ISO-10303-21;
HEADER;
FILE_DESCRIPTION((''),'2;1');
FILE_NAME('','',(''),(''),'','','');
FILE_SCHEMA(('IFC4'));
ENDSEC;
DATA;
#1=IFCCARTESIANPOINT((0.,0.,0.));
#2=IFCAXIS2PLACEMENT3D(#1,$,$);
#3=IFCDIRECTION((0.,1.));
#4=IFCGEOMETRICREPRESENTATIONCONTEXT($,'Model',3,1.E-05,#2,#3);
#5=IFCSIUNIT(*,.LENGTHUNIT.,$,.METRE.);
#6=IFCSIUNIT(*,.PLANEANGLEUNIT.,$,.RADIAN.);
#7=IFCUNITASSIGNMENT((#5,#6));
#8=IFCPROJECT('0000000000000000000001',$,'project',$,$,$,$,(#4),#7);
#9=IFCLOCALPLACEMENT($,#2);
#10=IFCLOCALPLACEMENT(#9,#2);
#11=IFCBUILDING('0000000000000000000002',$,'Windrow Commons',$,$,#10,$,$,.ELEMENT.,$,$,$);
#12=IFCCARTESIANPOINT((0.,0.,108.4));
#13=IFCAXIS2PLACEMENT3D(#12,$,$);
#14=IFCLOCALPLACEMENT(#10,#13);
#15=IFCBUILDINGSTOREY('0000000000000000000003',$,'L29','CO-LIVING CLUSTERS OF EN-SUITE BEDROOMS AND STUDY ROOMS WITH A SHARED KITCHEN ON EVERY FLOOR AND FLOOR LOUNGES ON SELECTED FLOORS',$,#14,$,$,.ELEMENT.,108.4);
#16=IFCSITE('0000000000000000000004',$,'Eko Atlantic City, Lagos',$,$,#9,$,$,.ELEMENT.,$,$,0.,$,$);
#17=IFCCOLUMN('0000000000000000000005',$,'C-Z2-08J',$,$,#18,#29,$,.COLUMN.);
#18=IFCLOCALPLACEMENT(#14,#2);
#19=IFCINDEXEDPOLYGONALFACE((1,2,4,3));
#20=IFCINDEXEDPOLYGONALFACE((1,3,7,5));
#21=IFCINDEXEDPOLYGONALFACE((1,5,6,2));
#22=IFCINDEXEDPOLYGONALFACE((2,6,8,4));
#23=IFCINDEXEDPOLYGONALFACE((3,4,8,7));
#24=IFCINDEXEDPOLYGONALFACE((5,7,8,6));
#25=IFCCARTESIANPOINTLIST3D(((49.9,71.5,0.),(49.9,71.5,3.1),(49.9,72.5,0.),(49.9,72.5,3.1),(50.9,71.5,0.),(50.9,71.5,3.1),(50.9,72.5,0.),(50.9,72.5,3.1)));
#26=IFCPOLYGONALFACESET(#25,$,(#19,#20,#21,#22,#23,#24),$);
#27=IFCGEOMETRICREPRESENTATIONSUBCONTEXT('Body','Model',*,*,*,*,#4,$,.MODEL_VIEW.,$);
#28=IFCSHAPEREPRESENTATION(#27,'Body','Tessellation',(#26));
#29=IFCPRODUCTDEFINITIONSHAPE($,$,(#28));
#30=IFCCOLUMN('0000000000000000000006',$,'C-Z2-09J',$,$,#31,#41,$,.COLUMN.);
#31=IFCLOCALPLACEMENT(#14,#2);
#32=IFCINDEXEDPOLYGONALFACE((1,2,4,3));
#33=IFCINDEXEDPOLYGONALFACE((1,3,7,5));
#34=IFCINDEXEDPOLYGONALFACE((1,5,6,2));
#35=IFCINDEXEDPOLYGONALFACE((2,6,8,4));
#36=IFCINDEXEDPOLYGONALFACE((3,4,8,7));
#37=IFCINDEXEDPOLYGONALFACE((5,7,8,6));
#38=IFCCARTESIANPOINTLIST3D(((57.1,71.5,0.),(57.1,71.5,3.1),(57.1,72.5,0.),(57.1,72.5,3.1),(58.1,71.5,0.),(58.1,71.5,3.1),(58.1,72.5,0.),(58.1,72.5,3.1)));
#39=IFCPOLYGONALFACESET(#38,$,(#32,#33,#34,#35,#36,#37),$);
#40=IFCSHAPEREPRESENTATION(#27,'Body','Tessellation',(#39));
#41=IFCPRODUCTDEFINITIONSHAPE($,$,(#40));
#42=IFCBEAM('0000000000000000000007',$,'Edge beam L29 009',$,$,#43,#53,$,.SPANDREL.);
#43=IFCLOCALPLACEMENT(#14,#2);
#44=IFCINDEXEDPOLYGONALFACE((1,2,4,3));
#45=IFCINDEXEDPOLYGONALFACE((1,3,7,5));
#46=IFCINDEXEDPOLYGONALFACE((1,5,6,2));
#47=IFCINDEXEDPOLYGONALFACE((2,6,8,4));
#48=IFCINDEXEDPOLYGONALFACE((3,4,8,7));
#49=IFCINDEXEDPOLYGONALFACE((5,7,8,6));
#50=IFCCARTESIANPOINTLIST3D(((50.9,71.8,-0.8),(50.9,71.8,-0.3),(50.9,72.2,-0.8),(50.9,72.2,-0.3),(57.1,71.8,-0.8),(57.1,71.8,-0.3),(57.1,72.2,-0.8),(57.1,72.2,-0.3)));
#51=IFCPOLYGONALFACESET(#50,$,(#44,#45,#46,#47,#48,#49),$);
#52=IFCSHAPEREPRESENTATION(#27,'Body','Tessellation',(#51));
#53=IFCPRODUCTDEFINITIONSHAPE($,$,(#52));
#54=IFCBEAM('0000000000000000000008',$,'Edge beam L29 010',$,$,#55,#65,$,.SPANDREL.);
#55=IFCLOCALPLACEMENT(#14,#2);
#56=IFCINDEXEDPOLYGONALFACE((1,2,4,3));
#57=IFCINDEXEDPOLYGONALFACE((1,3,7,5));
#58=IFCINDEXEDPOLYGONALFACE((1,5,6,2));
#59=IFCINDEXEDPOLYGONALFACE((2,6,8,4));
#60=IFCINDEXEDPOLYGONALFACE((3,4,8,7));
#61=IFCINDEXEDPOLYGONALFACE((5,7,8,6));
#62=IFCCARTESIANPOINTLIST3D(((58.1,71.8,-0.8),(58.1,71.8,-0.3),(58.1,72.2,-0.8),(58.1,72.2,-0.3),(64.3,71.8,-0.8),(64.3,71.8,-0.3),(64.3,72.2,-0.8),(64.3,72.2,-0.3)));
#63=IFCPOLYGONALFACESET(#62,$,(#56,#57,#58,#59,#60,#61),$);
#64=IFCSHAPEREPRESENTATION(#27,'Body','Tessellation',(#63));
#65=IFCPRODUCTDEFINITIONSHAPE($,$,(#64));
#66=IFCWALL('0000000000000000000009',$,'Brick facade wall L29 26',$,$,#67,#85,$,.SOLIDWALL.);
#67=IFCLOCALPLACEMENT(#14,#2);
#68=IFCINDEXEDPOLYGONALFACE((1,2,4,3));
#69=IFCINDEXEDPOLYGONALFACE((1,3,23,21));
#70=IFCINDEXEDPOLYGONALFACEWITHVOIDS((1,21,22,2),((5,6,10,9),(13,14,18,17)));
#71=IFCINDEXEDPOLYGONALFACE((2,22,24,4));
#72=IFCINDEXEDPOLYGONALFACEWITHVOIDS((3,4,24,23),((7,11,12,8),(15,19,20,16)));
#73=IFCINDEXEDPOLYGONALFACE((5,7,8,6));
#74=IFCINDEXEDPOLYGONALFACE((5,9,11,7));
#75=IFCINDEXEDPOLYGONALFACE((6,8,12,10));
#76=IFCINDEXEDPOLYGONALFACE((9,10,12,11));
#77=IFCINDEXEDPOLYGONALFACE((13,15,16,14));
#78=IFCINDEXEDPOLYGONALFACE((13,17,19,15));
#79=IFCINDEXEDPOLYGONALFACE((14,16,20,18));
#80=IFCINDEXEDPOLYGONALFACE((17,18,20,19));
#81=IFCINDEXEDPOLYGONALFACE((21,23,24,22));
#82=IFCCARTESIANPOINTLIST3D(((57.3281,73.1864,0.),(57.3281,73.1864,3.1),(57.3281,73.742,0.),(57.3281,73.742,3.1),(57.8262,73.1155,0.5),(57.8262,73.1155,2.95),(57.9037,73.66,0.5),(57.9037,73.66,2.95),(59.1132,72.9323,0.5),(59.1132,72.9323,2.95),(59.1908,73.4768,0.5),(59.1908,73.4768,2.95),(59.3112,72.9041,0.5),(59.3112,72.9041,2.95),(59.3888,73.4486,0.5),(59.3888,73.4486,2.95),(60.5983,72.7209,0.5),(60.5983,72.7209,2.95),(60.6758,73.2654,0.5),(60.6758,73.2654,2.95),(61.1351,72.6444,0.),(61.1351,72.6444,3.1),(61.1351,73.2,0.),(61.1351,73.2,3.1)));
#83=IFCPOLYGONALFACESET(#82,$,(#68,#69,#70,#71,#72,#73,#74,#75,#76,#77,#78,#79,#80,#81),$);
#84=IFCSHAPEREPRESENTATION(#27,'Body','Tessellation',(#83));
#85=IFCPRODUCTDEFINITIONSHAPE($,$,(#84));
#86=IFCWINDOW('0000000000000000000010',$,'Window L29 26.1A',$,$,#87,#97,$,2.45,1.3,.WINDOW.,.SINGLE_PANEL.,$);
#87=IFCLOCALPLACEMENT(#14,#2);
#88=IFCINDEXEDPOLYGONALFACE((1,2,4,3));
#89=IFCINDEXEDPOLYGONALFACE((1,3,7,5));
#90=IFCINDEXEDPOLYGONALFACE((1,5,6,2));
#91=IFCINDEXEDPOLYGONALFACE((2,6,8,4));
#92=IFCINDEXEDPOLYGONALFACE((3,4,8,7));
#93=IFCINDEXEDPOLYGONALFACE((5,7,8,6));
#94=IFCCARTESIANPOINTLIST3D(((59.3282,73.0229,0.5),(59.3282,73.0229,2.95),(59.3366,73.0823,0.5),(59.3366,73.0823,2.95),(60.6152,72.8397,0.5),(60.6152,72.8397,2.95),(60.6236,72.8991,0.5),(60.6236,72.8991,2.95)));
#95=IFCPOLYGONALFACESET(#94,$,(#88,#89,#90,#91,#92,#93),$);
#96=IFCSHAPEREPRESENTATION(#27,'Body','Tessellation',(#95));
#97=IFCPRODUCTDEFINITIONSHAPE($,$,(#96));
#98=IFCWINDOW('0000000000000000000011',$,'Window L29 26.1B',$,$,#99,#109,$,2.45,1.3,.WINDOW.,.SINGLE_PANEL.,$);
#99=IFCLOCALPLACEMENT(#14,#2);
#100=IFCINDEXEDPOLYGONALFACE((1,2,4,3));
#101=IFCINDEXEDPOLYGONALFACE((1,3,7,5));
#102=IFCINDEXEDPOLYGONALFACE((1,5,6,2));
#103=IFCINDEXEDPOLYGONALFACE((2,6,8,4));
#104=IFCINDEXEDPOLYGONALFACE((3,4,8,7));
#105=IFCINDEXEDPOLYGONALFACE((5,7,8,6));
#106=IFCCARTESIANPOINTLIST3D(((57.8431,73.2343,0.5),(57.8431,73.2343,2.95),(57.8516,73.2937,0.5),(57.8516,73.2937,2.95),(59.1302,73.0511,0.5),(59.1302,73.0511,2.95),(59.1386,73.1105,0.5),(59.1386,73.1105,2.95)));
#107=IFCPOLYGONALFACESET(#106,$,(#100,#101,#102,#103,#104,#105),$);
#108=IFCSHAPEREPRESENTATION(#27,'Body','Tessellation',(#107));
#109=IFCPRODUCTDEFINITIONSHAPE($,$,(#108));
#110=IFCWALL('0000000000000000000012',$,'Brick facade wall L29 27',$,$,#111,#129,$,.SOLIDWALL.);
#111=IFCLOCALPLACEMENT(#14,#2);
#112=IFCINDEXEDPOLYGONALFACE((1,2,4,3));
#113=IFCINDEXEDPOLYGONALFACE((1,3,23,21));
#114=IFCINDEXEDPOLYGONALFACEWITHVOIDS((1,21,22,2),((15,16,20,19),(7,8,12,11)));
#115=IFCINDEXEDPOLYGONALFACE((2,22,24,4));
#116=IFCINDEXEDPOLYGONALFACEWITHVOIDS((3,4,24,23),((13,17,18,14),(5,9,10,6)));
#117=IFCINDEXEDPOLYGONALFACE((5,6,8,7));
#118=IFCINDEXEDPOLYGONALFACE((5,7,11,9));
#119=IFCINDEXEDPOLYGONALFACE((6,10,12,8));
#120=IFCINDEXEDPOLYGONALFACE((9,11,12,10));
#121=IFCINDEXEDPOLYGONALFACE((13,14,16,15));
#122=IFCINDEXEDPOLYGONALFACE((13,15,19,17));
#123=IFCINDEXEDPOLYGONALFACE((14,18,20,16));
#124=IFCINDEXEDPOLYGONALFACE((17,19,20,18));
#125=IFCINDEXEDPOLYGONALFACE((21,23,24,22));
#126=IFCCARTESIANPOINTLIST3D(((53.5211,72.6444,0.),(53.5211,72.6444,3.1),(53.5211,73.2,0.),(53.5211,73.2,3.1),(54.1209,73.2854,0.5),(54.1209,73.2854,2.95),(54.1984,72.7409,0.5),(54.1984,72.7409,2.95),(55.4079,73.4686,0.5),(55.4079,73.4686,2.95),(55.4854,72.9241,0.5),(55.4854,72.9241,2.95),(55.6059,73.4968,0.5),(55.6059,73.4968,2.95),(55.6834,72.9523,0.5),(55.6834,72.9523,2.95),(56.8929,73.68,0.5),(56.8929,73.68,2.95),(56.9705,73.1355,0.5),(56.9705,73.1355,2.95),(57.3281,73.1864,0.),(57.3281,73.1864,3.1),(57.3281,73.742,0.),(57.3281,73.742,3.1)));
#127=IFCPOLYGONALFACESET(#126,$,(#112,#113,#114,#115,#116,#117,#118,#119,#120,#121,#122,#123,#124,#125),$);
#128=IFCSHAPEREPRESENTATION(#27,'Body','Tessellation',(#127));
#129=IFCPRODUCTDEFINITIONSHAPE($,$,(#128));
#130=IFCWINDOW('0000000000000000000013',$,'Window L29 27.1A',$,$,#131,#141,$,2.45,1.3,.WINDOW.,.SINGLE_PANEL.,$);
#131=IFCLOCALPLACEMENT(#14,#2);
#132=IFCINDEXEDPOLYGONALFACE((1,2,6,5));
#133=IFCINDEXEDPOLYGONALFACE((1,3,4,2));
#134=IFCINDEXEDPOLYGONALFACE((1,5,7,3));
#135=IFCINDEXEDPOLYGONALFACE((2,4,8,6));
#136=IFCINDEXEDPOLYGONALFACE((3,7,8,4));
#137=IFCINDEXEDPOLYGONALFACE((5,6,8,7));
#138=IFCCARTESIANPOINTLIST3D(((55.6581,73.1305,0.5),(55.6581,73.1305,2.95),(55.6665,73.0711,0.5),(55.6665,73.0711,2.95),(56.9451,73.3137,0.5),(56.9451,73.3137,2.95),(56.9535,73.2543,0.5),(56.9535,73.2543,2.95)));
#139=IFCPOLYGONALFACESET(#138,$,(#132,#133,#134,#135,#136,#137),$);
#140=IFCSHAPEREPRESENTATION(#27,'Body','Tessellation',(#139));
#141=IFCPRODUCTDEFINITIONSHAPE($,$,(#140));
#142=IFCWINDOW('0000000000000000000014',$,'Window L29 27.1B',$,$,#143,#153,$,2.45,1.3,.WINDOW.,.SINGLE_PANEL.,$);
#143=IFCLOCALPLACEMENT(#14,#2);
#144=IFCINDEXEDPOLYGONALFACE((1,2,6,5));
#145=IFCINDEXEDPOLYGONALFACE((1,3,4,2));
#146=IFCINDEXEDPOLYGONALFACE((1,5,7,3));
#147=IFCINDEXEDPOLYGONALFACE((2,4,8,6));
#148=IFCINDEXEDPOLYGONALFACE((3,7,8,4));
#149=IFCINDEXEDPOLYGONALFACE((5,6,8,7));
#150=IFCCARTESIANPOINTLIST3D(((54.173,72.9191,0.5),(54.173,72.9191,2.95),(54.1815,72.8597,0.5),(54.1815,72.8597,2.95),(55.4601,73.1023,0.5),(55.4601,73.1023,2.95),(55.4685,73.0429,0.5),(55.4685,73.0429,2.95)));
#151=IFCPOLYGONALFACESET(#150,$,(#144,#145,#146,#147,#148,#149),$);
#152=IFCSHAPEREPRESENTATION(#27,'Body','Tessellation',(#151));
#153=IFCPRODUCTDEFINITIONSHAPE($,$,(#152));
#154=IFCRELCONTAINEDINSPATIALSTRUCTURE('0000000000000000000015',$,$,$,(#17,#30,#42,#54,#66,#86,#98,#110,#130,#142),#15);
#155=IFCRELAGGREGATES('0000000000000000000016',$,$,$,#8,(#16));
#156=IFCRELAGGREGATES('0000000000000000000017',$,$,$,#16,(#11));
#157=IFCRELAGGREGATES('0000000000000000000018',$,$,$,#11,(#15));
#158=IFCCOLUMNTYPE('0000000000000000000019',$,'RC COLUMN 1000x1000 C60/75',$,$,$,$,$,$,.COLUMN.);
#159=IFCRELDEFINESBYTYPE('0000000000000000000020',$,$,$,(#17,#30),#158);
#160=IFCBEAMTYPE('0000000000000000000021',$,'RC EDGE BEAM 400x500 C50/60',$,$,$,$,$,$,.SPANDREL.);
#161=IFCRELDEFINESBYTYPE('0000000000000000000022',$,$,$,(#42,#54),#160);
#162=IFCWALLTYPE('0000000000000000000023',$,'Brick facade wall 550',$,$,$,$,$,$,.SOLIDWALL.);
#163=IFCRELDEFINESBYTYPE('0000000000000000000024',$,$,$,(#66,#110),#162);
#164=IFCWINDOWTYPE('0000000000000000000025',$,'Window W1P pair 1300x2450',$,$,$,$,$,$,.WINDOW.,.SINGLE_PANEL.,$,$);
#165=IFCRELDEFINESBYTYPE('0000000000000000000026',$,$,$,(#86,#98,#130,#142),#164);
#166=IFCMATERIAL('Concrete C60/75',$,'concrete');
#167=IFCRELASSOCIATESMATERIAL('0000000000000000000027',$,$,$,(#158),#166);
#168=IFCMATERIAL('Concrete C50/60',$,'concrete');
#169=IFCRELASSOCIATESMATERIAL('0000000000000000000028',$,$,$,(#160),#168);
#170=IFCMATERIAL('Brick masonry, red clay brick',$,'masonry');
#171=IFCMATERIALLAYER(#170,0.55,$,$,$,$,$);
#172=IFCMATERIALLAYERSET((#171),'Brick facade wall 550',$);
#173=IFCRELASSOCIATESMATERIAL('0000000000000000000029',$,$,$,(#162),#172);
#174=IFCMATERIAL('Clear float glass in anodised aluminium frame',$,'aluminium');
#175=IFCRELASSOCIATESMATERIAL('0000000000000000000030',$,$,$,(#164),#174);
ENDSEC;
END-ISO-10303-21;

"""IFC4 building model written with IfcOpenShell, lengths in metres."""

from ifc_helpers import new_model, si_unit, direction, frame, frame_2d, origin, origin_2d, place, context, subcontext, project, spatial, polyline, rectangle, outline, extrude, material, layer, layer_set, material_profile, profile_set, type_object, element, fill, save


model = new_model("IFC4")

# Units and contexts
model_context = context("Model", 3, precision=1e-05, world=origin(), true_north=direction((0.0, 1.0)))
body_context = subcontext(model_context, "Body", "Model", "MODEL_VIEW")
ifc_project = project(units=[si_unit("LENGTHUNIT", "METRE"), si_unit("PLANEANGLEUNIT", "RADIAN")], contexts=[model_context])

# Site, building, storey
site_placement = place(None, origin())
site = spatial("IfcSite", under=ifc_project, at=site_placement, Name="Eko Atlantic City, Lagos", CompositionType="ELEMENT", RefElevation=0.0)
building_placement = place(site_placement, origin())
building = spatial("IfcBuilding", under=site, at=building_placement, Name="Windrow Commons", CompositionType="ELEMENT")
storey_placement = place(building_placement, frame((0.0, 0.0, 108.4)))
storey = spatial("IfcBuildingStorey", under=building, at=storey_placement, Name="L29", Description="CO-LIVING CLUSTERS OF EN-SUITE BEDROOMS AND STUDY ROOMS WITH A SHARED KITCHEN ON EVERY FLOOR AND FLOOR LOUNGES ON SELECTED FLOORS", CompositionType="ELEMENT", Elevation=108.4)

# Columns
ifc_material_1 = material(Name="Concrete C60/75", Category="concrete")
ifc_material_profile_1 = material_profile(ifc_material_1, rectangle(XDim=1.0, YDim=1.0, at=origin_2d()))
ifc_profile_set_1 = profile_set([ifc_material_profile_1], Name="Concrete C60/75")
column_type = type_object("IfcColumnType", Name="RC COLUMN 1000x1000 C60/75", PredefinedType="COLUMN", material=ifc_profile_set_1)
for number, where, z_axis, x_axis, name in (
    (1, (50.4, 72.0, 0.0), (0.0, 0.0, 1.0), (1.0, 0.0, 0.0), "C-Z2-08J"),
    (2, (57.6, 72.0, 0.0), (0.0, 0.0, 1.0), (1.0, 0.0, 0.0), "C-Z2-09J"),
):
    element("IfcColumn", number, at=place(storey_placement, frame(where, z_axis=z_axis, x_axis=x_axis)), inside=storey, type_object=column_type, Name=name, PredefinedType="COLUMN", context=body_context, shape_type="SweptSolid", body=[
        extrude(rectangle(XDim=1.0, YDim=1.0, at=origin_2d()), origin(), (0.0, 0.0, 1.0), 3.1),
    ])

# Beams
ifc_material_2 = material(Name="Concrete C50/60", Category="concrete")
ifc_material_profile_2 = material_profile(ifc_material_2, rectangle(XDim=0.4, YDim=0.5, at=origin_2d()))
ifc_profile_set_2 = profile_set([ifc_material_profile_2], Name="Concrete C50/60")
beam_type = type_object("IfcBeamType", Name="RC EDGE BEAM 400x500 C50/60", PredefinedType="SPANDREL", material=ifc_profile_set_2)
for number, where, z_axis, x_axis, name in (
    (3, (50.9, 72.0, -0.55), (1.0, 0.0, 0.0), (0.0, 1.0, 0.0), "Edge beam L29 009"),
    (4, (58.1, 72.0, -0.55), (1.0, 0.0, 0.0), (0.0, 1.0, 0.0), "Edge beam L29 010"),
):
    element("IfcBeam", number, at=place(storey_placement, frame(where, z_axis=z_axis, x_axis=x_axis)), inside=storey, type_object=beam_type, Name=name, PredefinedType="SPANDREL", context=body_context, shape_type="SweptSolid", body=[
        extrude(rectangle(XDim=0.4, YDim=0.5, at=origin_2d()), origin(), (0.0, 0.0, 1.0), 6.2),
    ])

# Walls, openings, windows
ifc_material_3 = material(Name="Brick masonry, red clay brick", Category="masonry")
ifc_layer_1 = layer(ifc_material_3, 0.55)
ifc_layer_set_1 = layer_set([ifc_layer_1], Name="Brick facade wall 550")
wall_type_1 = type_object("IfcWallType", Name="Brick facade wall 550", PredefinedType="SOLIDWALL", material=ifc_layer_set_1)
wall_1_placement = place(storey_placement, frame((61.1351, 72.9222, 0.0), z_axis=(0.0, 0.0, 1.0), x_axis=(-0.990017, 0.140948, 0.0)))
wall_1 = element("IfcWall", 5, at=wall_1_placement, inside=storey, type_object=wall_type_1, Name="Brick facade wall L29 26", PredefinedType="SOLIDWALL", context=body_context, shape_type="SweptSolid", body=[
    extrude(outline(polyline([(0.0392, -0.275), (3.8845, -0.275), (3.8062, 0.275), (-0.0392, 0.275), (0.0392, -0.275)])), origin(), (0.0, 0.0, 1.0), 3.1),
])
opening_1_placement = place(wall_1_placement, frame((0.5031, 0.0, 0.5)))
opening_1 = element("IfcOpeningElement", 6, at=opening_1_placement, cuts=wall_1, PredefinedType="OPENING", context=body_context, shape_type="SweptSolid", body=[
    extrude(rectangle(XDim=1.3, YDim=2.45, at=frame_2d((0.65, 1.225))), frame((0.0, 0.285, 0.0), z_axis=(0.0, -1.0, 0.0), x_axis=(1.0, 0.0, 0.0)), (0.0, 0.0, 1.0), 0.57),
])
opening_2_placement = place(wall_1_placement, frame((2.0031, 0.0, 0.5)))
opening_2 = element("IfcOpeningElement", 7, at=opening_2_placement, cuts=wall_1, PredefinedType="OPENING", context=body_context, shape_type="SweptSolid", body=[
    extrude(rectangle(XDim=1.3, YDim=2.45, at=frame_2d((0.65, 1.225))), frame((0.0, 0.285, 0.0), z_axis=(0.0, -1.0, 0.0), x_axis=(1.0, 0.0, 0.0)), (0.0, 0.0, 1.0), 0.57),
])
ifc_material_4 = material(Name="Clear float glass in anodised aluminium frame", Category="aluminium")
window_type_1 = type_object("IfcWindowType", Name="Window W1P pair 1300x2450", PartitioningType="SINGLE_PANEL", PredefinedType="WINDOW", material=ifc_material_4)
window_1_placement = place(opening_1_placement, origin())
window_1 = element("IfcWindow", 8, at=window_1_placement, inside=storey, type_object=window_type_1, Name="Window L29 26.1A", OverallHeight=2.45, OverallWidth=1.3, PartitioningType="SINGLE_PANEL", PredefinedType="WINDOW", context=body_context, shape_type="SweptSolid", body=[
    extrude(rectangle(XDim=1.3, YDim=2.45, at=frame_2d((0.65, 1.225))), frame((0.0, 0.155, 0.0), z_axis=(0.0, -1.0, 0.0), x_axis=(1.0, 0.0, 0.0)), (0.0, 0.0, 1.0), 0.06),
])
fill(opening_1, window_1)
window_2_placement = place(opening_2_placement, origin())
window_2 = element("IfcWindow", 9, at=window_2_placement, inside=storey, type_object=window_type_1, Name="Window L29 26.1B", OverallHeight=2.45, OverallWidth=1.3, PartitioningType="SINGLE_PANEL", PredefinedType="WINDOW", context=body_context, shape_type="SweptSolid", body=[
    extrude(rectangle(XDim=1.3, YDim=2.45, at=frame_2d((0.65, 1.225))), frame((0.0, 0.155, 0.0), z_axis=(0.0, -1.0, 0.0), x_axis=(1.0, 0.0, 0.0)), (0.0, 0.0, 1.0), 0.06),
])
fill(opening_2, window_2)
wall_2_placement = place(storey_placement, frame((57.3281, 73.4642, 0.0), z_axis=(0.0, 0.0, 1.0), x_axis=(-0.990017, -0.140948, 0.0)))
wall_2 = element("IfcWall", 10, at=wall_2_placement, inside=storey, type_object=wall_type_1, Name="Brick facade wall L29 27", PredefinedType="SOLIDWALL", context=body_context, shape_type="SweptSolid", body=[
    extrude(outline(polyline([(-0.0392, -0.275), (3.8062, -0.275), (3.8845, 0.275), (0.0392, 0.275), (-0.0392, -0.275)])), origin(), (0.0, 0.0, 1.0), 3.1),
])
opening_3_placement = place(wall_2_placement, frame((0.4004, 0.0, 0.5)))
opening_3 = element("IfcOpeningElement", 11, at=opening_3_placement, cuts=wall_2, PredefinedType="OPENING", context=body_context, shape_type="SweptSolid", body=[
    extrude(rectangle(XDim=1.3, YDim=2.45, at=frame_2d((0.65, 1.225))), frame((0.0, 0.285, 0.0), z_axis=(0.0, -1.0, 0.0), x_axis=(1.0, 0.0, 0.0)), (0.0, 0.0, 1.0), 0.57),
])
opening_4_placement = place(wall_2_placement, frame((1.9004, 0.0, 0.5)))
opening_4 = element("IfcOpeningElement", 12, at=opening_4_placement, cuts=wall_2, PredefinedType="OPENING", context=body_context, shape_type="SweptSolid", body=[
    extrude(rectangle(XDim=1.3, YDim=2.45, at=frame_2d((0.65, 1.225))), frame((0.0, 0.285, 0.0), z_axis=(0.0, -1.0, 0.0), x_axis=(1.0, 0.0, 0.0)), (0.0, 0.0, 1.0), 0.57),
])
window_3_placement = place(opening_3_placement, origin())
window_3 = element("IfcWindow", 13, at=window_3_placement, inside=storey, type_object=window_type_1, Name="Window L29 27.1A", OverallHeight=2.45, OverallWidth=1.3, PartitioningType="SINGLE_PANEL", PredefinedType="WINDOW", context=body_context, shape_type="SweptSolid", body=[
    extrude(rectangle(XDim=1.3, YDim=2.45, at=frame_2d((0.65, 1.225))), frame((0.0, 0.155, 0.0), z_axis=(0.0, -1.0, 0.0), x_axis=(1.0, 0.0, 0.0)), (0.0, 0.0, 1.0), 0.06),
])
fill(opening_3, window_3)
window_4_placement = place(opening_4_placement, origin())
window_4 = element("IfcWindow", 14, at=window_4_placement, inside=storey, type_object=window_type_1, Name="Window L29 27.1B", OverallHeight=2.45, OverallWidth=1.3, PartitioningType="SINGLE_PANEL", PredefinedType="WINDOW", context=body_context, shape_type="SweptSolid", body=[
    extrude(rectangle(XDim=1.3, YDim=2.45, at=frame_2d((0.65, 1.225))), frame((0.0, 0.155, 0.0), z_axis=(0.0, -1.0, 0.0), x_axis=(1.0, 0.0, 0.0)), (0.0, 0.0, 1.0), 0.06),
])
fill(opening_4, window_4)

save(model, "model.ifc")
